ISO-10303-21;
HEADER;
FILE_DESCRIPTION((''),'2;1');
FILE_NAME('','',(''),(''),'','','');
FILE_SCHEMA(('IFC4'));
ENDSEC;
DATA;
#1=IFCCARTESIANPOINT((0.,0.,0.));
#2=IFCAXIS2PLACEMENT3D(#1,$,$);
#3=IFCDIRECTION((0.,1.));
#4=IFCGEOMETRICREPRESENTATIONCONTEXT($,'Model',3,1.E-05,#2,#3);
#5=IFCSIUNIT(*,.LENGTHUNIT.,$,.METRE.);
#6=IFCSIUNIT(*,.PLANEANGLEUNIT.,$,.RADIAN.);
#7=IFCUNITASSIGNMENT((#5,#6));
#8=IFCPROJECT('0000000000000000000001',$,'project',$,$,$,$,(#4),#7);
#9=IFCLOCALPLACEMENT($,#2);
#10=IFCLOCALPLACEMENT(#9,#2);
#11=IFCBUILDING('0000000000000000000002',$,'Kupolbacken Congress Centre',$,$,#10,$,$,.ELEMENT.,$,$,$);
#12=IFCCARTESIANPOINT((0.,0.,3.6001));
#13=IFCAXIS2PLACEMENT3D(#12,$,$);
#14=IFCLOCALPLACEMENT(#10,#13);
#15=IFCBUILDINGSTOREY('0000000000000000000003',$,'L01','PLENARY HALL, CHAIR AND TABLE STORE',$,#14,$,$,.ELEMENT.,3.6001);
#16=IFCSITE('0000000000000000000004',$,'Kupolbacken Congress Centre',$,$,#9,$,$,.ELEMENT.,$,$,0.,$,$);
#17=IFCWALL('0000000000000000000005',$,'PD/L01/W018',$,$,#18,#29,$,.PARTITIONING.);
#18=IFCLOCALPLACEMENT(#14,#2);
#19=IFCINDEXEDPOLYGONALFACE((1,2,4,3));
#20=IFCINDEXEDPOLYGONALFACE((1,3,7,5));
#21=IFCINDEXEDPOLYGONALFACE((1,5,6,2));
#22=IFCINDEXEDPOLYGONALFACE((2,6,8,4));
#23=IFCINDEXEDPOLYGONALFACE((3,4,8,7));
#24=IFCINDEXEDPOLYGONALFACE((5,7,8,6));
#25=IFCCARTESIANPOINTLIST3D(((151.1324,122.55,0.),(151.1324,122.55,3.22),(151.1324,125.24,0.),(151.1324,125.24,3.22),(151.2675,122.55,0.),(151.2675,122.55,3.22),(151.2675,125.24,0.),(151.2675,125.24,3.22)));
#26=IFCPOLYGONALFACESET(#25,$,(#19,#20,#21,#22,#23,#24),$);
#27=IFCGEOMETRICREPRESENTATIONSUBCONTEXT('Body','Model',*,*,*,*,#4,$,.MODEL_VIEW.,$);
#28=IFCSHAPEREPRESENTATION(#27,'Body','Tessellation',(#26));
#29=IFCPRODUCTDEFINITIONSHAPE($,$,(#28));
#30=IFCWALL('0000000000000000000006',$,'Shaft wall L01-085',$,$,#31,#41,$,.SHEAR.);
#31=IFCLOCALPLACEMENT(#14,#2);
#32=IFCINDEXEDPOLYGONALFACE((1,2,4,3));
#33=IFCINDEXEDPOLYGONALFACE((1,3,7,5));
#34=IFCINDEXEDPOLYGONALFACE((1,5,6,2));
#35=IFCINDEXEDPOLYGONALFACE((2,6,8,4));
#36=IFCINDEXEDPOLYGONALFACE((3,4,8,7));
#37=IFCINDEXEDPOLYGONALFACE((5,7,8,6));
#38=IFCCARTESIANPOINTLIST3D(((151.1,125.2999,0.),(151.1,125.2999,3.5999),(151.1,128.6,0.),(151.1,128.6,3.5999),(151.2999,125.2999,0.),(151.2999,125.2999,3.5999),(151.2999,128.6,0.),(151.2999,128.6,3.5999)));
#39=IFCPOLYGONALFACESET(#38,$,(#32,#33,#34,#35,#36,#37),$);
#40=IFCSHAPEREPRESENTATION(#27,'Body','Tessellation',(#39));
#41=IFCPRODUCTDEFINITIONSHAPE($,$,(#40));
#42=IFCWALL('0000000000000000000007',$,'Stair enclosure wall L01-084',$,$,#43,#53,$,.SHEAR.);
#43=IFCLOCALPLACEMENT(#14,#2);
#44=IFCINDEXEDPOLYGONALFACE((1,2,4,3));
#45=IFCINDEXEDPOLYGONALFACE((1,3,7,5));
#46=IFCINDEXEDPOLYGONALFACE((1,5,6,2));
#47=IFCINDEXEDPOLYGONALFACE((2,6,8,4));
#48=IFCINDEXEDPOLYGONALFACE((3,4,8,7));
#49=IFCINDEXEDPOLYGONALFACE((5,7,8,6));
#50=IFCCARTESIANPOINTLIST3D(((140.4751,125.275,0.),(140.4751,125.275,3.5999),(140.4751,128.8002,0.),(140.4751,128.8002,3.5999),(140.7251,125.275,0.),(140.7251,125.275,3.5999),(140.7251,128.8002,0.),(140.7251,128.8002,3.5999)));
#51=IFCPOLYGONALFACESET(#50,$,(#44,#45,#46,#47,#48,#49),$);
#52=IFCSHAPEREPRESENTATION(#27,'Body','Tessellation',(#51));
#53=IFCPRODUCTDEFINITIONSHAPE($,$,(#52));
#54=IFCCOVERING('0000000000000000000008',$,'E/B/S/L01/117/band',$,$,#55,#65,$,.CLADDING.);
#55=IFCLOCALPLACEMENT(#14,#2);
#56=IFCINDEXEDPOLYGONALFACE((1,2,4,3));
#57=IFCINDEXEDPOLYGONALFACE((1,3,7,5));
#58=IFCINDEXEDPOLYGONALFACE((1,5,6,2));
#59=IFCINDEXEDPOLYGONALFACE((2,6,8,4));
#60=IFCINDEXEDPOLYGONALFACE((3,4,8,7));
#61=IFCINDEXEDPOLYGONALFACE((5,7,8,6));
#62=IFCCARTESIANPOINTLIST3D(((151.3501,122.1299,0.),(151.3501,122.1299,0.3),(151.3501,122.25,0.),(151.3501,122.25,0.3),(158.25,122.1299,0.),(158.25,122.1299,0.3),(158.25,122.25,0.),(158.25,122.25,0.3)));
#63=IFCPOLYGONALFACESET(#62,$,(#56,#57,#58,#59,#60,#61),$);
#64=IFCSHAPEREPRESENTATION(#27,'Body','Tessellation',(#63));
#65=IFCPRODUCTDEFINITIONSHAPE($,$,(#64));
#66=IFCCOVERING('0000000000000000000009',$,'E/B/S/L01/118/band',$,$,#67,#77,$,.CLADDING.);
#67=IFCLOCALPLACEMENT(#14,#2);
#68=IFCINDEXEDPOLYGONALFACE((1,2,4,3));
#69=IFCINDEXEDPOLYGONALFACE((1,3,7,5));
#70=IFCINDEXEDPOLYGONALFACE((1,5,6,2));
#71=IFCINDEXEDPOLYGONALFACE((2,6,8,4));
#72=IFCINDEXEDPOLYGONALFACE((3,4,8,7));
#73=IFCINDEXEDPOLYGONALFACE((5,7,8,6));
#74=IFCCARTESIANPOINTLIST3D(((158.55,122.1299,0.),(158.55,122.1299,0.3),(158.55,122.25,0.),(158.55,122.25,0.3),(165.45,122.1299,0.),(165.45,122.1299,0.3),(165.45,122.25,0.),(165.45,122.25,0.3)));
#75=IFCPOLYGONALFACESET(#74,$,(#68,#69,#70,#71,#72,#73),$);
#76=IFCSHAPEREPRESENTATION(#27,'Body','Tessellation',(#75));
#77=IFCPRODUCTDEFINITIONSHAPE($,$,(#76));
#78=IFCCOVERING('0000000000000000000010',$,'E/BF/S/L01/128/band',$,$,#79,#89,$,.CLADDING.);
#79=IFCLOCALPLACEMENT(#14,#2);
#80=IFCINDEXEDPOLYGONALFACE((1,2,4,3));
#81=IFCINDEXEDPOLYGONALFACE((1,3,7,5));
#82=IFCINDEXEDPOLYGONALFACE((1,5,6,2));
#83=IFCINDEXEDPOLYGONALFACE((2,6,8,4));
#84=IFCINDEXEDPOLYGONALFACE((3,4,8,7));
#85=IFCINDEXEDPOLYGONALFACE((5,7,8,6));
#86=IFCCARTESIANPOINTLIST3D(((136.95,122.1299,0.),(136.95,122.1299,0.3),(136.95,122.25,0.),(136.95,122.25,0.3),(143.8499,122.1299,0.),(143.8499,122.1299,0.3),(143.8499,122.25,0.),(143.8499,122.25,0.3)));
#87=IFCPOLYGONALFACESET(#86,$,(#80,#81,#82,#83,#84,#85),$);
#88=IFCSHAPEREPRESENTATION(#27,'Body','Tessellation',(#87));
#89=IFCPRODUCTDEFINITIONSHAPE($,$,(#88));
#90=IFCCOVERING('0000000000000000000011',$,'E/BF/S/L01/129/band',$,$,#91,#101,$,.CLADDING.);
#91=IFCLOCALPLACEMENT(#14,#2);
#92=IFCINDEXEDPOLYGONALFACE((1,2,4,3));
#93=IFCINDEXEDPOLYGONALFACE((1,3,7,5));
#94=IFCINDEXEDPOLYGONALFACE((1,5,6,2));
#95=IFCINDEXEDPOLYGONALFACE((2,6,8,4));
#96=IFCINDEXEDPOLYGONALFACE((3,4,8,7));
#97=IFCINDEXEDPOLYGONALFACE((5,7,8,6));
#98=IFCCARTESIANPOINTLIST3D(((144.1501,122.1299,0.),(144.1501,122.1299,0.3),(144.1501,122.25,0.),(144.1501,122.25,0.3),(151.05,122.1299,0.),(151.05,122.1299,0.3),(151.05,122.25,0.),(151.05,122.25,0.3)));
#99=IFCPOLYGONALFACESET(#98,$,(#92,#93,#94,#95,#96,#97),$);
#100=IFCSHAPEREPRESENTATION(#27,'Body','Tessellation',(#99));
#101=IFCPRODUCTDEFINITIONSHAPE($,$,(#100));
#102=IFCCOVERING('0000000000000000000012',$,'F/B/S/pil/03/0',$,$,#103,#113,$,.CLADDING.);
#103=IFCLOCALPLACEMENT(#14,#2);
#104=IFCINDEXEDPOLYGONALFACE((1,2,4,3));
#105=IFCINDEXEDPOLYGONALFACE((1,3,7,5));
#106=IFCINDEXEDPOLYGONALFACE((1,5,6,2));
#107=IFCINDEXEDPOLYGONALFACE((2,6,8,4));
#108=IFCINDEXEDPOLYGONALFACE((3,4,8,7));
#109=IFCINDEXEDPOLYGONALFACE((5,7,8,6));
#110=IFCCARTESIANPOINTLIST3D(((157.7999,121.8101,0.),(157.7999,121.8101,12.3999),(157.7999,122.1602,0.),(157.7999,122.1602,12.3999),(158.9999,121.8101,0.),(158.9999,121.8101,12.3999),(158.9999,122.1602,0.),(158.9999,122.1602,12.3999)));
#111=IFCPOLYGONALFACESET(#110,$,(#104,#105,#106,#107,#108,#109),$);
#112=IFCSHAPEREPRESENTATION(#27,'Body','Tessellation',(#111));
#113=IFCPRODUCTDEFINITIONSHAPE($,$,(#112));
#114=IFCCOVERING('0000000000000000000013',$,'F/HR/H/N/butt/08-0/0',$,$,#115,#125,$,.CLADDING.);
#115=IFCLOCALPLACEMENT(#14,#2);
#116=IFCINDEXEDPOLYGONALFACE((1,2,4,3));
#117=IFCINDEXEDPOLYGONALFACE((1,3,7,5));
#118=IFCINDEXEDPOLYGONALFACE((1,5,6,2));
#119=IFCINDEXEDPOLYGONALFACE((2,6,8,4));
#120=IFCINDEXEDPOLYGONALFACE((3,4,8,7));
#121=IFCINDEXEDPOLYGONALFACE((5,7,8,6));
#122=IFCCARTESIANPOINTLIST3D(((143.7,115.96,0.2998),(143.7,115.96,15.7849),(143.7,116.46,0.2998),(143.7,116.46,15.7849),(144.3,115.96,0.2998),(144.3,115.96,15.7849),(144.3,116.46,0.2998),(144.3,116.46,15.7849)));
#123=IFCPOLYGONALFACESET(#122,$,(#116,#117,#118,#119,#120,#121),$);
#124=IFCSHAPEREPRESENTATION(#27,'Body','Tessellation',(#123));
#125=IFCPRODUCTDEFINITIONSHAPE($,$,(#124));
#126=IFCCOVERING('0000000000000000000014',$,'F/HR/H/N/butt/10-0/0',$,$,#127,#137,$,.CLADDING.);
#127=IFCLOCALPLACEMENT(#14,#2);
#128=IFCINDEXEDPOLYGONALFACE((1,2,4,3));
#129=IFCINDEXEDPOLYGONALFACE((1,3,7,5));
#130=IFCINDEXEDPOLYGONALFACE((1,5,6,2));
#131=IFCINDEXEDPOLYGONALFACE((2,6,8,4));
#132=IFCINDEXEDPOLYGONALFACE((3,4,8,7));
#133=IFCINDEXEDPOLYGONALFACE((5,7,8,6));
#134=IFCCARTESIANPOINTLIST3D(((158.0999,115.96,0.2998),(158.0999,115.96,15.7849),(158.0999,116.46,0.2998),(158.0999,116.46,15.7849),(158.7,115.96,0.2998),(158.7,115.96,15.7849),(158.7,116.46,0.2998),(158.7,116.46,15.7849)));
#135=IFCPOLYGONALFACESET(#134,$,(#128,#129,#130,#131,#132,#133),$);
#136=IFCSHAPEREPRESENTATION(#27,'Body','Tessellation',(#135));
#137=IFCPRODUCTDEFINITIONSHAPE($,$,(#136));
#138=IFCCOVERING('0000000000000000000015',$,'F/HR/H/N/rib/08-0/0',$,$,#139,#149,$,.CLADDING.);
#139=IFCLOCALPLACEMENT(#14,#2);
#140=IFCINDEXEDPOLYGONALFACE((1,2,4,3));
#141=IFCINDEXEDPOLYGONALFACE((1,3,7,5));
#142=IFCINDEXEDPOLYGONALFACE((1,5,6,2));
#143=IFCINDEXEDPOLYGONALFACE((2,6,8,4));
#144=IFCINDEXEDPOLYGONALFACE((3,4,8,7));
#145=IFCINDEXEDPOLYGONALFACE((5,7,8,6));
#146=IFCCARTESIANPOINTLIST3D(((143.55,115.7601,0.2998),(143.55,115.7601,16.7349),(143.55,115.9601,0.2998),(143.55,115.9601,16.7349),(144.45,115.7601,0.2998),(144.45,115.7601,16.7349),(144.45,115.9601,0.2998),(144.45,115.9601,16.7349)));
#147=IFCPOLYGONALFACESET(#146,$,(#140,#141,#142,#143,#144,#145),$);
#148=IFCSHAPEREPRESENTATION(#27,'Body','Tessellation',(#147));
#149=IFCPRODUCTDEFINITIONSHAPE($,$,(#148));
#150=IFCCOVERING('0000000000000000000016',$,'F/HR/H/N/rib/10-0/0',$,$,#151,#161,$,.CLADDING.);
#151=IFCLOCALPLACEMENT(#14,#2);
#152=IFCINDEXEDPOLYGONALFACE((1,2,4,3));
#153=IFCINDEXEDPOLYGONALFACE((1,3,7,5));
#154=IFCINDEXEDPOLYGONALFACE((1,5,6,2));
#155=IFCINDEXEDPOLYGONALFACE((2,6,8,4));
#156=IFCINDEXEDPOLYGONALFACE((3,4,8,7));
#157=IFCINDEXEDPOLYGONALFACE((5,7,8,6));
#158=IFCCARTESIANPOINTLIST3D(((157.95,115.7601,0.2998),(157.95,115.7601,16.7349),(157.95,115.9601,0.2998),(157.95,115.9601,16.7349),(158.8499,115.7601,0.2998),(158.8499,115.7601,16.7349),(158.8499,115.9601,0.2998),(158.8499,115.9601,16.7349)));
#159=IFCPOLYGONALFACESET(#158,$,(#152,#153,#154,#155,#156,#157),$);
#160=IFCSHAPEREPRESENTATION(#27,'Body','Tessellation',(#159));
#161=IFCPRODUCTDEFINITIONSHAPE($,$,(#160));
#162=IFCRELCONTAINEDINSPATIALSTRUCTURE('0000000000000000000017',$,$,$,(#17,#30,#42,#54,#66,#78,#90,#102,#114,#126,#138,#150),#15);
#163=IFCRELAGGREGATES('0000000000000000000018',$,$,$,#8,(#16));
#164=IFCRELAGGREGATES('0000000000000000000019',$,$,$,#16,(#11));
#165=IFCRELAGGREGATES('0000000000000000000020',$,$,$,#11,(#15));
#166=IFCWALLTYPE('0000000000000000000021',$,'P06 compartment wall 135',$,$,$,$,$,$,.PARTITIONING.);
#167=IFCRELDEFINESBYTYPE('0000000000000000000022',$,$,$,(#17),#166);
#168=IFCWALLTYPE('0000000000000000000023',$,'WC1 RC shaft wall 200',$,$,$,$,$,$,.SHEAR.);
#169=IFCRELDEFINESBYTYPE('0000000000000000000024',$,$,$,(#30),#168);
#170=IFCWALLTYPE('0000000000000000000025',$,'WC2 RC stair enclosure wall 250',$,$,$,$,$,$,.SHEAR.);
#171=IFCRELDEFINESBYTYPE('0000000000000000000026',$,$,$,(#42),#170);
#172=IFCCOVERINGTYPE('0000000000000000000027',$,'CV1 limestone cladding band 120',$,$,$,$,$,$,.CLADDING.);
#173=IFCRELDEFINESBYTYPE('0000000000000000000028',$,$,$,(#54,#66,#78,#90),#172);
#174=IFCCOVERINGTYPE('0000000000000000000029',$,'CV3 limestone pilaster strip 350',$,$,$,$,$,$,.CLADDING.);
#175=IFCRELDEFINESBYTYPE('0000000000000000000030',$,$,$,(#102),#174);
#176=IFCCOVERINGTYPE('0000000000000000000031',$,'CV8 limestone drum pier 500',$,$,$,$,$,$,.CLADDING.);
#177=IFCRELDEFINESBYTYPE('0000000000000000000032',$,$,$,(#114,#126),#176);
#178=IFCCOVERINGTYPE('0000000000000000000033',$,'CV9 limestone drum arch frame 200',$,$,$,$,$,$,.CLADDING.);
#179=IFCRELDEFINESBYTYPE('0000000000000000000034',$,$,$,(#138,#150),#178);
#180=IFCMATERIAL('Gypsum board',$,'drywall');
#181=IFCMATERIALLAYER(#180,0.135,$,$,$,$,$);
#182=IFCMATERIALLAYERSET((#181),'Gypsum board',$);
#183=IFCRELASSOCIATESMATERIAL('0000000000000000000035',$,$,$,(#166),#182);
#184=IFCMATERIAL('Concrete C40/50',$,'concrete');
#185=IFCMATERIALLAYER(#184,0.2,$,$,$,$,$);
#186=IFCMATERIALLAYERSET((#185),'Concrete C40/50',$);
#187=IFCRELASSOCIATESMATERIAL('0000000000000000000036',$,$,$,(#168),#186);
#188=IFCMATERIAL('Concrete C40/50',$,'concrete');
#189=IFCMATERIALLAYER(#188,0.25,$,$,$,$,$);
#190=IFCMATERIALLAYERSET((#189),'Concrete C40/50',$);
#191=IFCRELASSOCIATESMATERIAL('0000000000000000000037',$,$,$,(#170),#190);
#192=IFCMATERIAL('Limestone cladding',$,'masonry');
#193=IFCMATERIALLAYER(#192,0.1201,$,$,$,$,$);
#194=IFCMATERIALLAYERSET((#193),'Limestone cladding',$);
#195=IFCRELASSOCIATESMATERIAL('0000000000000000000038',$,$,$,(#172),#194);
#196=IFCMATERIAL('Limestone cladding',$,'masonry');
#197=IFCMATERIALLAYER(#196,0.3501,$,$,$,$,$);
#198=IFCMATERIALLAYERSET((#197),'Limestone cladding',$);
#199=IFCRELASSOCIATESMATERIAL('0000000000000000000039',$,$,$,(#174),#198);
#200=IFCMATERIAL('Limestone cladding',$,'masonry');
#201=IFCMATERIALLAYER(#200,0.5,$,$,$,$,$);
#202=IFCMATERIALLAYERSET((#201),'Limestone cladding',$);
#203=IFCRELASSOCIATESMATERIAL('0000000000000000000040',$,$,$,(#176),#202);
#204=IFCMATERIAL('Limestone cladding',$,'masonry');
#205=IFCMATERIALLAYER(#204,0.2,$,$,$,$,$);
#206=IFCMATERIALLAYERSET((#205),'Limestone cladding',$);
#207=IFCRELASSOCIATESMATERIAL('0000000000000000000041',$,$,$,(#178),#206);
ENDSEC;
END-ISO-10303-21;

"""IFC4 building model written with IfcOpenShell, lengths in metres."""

from ifc_helpers import new_model, si_unit, direction, frame, frame_2d, origin, origin_2d, place, context, subcontext, project, spatial, rectangle, extrude, material, layer, layer_set, type_object, element, save


model = new_model("IFC4")

# Units and contexts
model_context = context("Model", 3, precision=1e-05, world=origin(), true_north=direction((0.0, 1.0)))
body_context = subcontext(model_context, "Body", "Model", "MODEL_VIEW")
ifc_project = project(units=[si_unit("LENGTHUNIT", "METRE"), si_unit("PLANEANGLEUNIT", "RADIAN")], contexts=[model_context])

# Site, building, storey
site_placement = place(None, origin())
site = spatial("IfcSite", under=ifc_project, at=site_placement, Name="Kupolbacken Congress Centre", CompositionType="ELEMENT", RefElevation=0.0)
building_placement = place(site_placement, origin())
building = spatial("IfcBuilding", under=site, at=building_placement, Name="Kupolbacken Congress Centre", CompositionType="ELEMENT")
storey_placement = place(building_placement, frame((0.0, 0.0, 3.6001)))
storey = spatial("IfcBuildingStorey", under=building, at=storey_placement, Name="L01", Description="PLENARY HALL, CHAIR AND TABLE STORE", CompositionType="ELEMENT", Elevation=3.6001)

# Walls
ifc_material_1 = material(Name="Gypsum board", Category="drywall")
ifc_layer_1 = layer(ifc_material_1, 0.135)
ifc_layer_set_1 = layer_set([ifc_layer_1], Name="Gypsum board")
wall_type_1 = type_object("IfcWallType", Name="P06 compartment wall 135", PredefinedType="PARTITIONING", material=ifc_layer_set_1)
wall_1_placement = place(storey_placement, frame((151.2, 122.55, 0.0), z_axis=(0.0, 0.0, 1.0), x_axis=(0.0, 1.0, 0.0)))
element("IfcWall", 1, at=wall_1_placement, inside=storey, type_object=wall_type_1, Name="PD/L01/W018", PredefinedType="PARTITIONING", context=body_context, shape_type="SweptSolid", body=[
    extrude(rectangle(XDim=2.6899, YDim=0.135, at=frame_2d((1.345, 0.0))), origin(), (0.0, 0.0, 1.0), 3.22),
])
ifc_material_2 = material(Name="Concrete C40/50", Category="concrete")
ifc_layer_2 = layer(ifc_material_2, 0.2)
ifc_layer_set_2 = layer_set([ifc_layer_2], Name="Concrete C40/50")
wall_type_2 = type_object("IfcWallType", Name="WC1 RC shaft wall 200", PredefinedType="SHEAR", material=ifc_layer_set_2)
wall_2_placement = place(storey_placement, frame((151.2, 125.3, 0.0), z_axis=(0.0, 0.0, 1.0), x_axis=(0.0, 1.0, 0.0)))
element("IfcWall", 2, at=wall_2_placement, inside=storey, type_object=wall_type_2, Name="Shaft wall L01-085", PredefinedType="SHEAR", context=body_context, shape_type="SweptSolid", body=[
    extrude(rectangle(XDim=3.3, YDim=0.2, at=frame_2d((1.6499, 0.0))), origin(), (0.0, 0.0, 1.0), 3.5999),
])
ifc_material_3 = material(Name="Concrete C40/50", Category="concrete")
ifc_layer_3 = layer(ifc_material_3, 0.25)
ifc_layer_set_3 = layer_set([ifc_layer_3], Name="Concrete C40/50")
wall_type_3 = type_object("IfcWallType", Name="WC2 RC stair enclosure wall 250", PredefinedType="SHEAR", material=ifc_layer_set_3)
wall_3_placement = place(storey_placement, frame((140.6001, 125.2749, 0.0), z_axis=(0.0, 0.0, 1.0), x_axis=(0.0, 1.0, 0.0)))
element("IfcWall", 3, at=wall_3_placement, inside=storey, type_object=wall_type_3, Name="Stair enclosure wall L01-084", PredefinedType="SHEAR", context=body_context, shape_type="SweptSolid", body=[
    extrude(rectangle(XDim=3.5251, YDim=0.25, at=frame_2d((1.7627, 0.0))), origin(), (0.0, 0.0, 1.0), 3.5999),
])

# Coverings
ifc_material_4 = material(Name="Limestone cladding", Category="masonry")
ifc_layer_4 = layer(ifc_material_4, 0.1201)
ifc_layer_set_4 = layer_set([ifc_layer_4], Name="Limestone cladding")
covering_type_1 = type_object("IfcCoveringType", Name="CV1 limestone cladding band 120", PredefinedType="CLADDING", material=ifc_layer_set_4)
for number, where, z_axis, x_axis, name in (
    (4, (154.8, 122.1899, 0.0), (0.0, 0.0, 1.0), (1.0, 0.0, 0.0), "E/B/S/L01/117/band"),
    (5, (162.0, 122.1899, 0.0), (0.0, 0.0, 1.0), (1.0, 0.0, 0.0), "E/B/S/L01/118/band"),
    (6, (140.3999, 122.1899, 0.0), (0.0, 0.0, 1.0), (1.0, 0.0, 0.0), "E/BF/S/L01/128/band"),
    (7, (147.6001, 122.1899, 0.0), (0.0, 0.0, 1.0), (1.0, 0.0, 0.0), "E/BF/S/L01/129/band"),
):
    element("IfcCovering", number, at=place(storey_placement, frame(where, z_axis=z_axis, x_axis=x_axis)), inside=storey, type_object=covering_type_1, Name=name, PredefinedType="CLADDING", context=body_context, shape_type="SweptSolid", body=[
        extrude(rectangle(XDim=6.8999, YDim=0.1201, at=origin_2d()), origin(), (0.0, 0.0, 1.0), 0.3),
    ])
ifc_material_5 = material(Name="Limestone cladding", Category="masonry")
ifc_layer_5 = layer(ifc_material_5, 0.3501)
ifc_layer_set_5 = layer_set([ifc_layer_5], Name="Limestone cladding")
covering_type_2 = type_object("IfcCoveringType", Name="CV3 limestone pilaster strip 350", PredefinedType="CLADDING", material=ifc_layer_set_5)
covering_placement = place(storey_placement, frame((158.3999, 121.9851, 0.0), z_axis=(0.0, 0.0, 1.0), x_axis=(1.0, 0.0, 0.0)))
element("IfcCovering", 8, at=covering_placement, inside=storey, type_object=covering_type_2, Name="F/B/S/pil/03/0", PredefinedType="CLADDING", context=body_context, shape_type="SweptSolid", body=[
    extrude(rectangle(XDim=1.2, YDim=0.3501, at=origin_2d()), origin(), (0.0, 0.0, 1.0), 12.3999),
])
ifc_material_6 = material(Name="Limestone cladding", Category="masonry")
ifc_layer_6 = layer(ifc_material_6, 0.5)
ifc_layer_set_6 = layer_set([ifc_layer_6], Name="Limestone cladding")
covering_type_3 = type_object("IfcCoveringType", Name="CV8 limestone drum pier 500", PredefinedType="CLADDING", material=ifc_layer_set_6)
for number, where, z_axis, x_axis, name in (
    (9, (144.0, 116.21, 0.2998), (0.0, 0.0, 1.0), (1.0, 0.0, 0.0), "F/HR/H/N/butt/08-0/0"),
    (10, (158.3999, 116.21, 0.2998), (0.0, 0.0, 1.0), (1.0, 0.0, 0.0), "F/HR/H/N/butt/10-0/0"),
):
    element("IfcCovering", number, at=place(storey_placement, frame(where, z_axis=z_axis, x_axis=x_axis)), inside=storey, type_object=covering_type_3, Name=name, PredefinedType="CLADDING", context=body_context, shape_type="SweptSolid", body=[
        extrude(rectangle(XDim=0.6001, YDim=0.5, at=origin_2d()), origin(), (0.0, 0.0, 1.0), 15.4851),
    ])
ifc_material_7 = material(Name="Limestone cladding", Category="masonry")
ifc_layer_7 = layer(ifc_material_7, 0.2)
ifc_layer_set_7 = layer_set([ifc_layer_7], Name="Limestone cladding")
covering_type_4 = type_object("IfcCoveringType", Name="CV9 limestone drum arch frame 200", PredefinedType="CLADDING", material=ifc_layer_set_7)
for number, where, z_axis, x_axis, name in (
    (11, (144.0, 115.8601, 0.2998), (0.0, 0.0, 1.0), (1.0, 0.0, 0.0), "F/HR/H/N/rib/08-0/0"),
    (12, (158.3999, 115.8601, 0.2998), (0.0, 0.0, 1.0), (1.0, 0.0, 0.0), "F/HR/H/N/rib/10-0/0"),
):
    element("IfcCovering", number, at=place(storey_placement, frame(where, z_axis=z_axis, x_axis=x_axis)), inside=storey, type_object=covering_type_4, Name=name, PredefinedType="CLADDING", context=body_context, shape_type="SweptSolid", body=[
        extrude(rectangle(XDim=0.8999, YDim=0.2, at=origin_2d()), origin(), (0.0, 0.0, 1.0), 16.4351),
    ])

save(model, "model.ifc")
